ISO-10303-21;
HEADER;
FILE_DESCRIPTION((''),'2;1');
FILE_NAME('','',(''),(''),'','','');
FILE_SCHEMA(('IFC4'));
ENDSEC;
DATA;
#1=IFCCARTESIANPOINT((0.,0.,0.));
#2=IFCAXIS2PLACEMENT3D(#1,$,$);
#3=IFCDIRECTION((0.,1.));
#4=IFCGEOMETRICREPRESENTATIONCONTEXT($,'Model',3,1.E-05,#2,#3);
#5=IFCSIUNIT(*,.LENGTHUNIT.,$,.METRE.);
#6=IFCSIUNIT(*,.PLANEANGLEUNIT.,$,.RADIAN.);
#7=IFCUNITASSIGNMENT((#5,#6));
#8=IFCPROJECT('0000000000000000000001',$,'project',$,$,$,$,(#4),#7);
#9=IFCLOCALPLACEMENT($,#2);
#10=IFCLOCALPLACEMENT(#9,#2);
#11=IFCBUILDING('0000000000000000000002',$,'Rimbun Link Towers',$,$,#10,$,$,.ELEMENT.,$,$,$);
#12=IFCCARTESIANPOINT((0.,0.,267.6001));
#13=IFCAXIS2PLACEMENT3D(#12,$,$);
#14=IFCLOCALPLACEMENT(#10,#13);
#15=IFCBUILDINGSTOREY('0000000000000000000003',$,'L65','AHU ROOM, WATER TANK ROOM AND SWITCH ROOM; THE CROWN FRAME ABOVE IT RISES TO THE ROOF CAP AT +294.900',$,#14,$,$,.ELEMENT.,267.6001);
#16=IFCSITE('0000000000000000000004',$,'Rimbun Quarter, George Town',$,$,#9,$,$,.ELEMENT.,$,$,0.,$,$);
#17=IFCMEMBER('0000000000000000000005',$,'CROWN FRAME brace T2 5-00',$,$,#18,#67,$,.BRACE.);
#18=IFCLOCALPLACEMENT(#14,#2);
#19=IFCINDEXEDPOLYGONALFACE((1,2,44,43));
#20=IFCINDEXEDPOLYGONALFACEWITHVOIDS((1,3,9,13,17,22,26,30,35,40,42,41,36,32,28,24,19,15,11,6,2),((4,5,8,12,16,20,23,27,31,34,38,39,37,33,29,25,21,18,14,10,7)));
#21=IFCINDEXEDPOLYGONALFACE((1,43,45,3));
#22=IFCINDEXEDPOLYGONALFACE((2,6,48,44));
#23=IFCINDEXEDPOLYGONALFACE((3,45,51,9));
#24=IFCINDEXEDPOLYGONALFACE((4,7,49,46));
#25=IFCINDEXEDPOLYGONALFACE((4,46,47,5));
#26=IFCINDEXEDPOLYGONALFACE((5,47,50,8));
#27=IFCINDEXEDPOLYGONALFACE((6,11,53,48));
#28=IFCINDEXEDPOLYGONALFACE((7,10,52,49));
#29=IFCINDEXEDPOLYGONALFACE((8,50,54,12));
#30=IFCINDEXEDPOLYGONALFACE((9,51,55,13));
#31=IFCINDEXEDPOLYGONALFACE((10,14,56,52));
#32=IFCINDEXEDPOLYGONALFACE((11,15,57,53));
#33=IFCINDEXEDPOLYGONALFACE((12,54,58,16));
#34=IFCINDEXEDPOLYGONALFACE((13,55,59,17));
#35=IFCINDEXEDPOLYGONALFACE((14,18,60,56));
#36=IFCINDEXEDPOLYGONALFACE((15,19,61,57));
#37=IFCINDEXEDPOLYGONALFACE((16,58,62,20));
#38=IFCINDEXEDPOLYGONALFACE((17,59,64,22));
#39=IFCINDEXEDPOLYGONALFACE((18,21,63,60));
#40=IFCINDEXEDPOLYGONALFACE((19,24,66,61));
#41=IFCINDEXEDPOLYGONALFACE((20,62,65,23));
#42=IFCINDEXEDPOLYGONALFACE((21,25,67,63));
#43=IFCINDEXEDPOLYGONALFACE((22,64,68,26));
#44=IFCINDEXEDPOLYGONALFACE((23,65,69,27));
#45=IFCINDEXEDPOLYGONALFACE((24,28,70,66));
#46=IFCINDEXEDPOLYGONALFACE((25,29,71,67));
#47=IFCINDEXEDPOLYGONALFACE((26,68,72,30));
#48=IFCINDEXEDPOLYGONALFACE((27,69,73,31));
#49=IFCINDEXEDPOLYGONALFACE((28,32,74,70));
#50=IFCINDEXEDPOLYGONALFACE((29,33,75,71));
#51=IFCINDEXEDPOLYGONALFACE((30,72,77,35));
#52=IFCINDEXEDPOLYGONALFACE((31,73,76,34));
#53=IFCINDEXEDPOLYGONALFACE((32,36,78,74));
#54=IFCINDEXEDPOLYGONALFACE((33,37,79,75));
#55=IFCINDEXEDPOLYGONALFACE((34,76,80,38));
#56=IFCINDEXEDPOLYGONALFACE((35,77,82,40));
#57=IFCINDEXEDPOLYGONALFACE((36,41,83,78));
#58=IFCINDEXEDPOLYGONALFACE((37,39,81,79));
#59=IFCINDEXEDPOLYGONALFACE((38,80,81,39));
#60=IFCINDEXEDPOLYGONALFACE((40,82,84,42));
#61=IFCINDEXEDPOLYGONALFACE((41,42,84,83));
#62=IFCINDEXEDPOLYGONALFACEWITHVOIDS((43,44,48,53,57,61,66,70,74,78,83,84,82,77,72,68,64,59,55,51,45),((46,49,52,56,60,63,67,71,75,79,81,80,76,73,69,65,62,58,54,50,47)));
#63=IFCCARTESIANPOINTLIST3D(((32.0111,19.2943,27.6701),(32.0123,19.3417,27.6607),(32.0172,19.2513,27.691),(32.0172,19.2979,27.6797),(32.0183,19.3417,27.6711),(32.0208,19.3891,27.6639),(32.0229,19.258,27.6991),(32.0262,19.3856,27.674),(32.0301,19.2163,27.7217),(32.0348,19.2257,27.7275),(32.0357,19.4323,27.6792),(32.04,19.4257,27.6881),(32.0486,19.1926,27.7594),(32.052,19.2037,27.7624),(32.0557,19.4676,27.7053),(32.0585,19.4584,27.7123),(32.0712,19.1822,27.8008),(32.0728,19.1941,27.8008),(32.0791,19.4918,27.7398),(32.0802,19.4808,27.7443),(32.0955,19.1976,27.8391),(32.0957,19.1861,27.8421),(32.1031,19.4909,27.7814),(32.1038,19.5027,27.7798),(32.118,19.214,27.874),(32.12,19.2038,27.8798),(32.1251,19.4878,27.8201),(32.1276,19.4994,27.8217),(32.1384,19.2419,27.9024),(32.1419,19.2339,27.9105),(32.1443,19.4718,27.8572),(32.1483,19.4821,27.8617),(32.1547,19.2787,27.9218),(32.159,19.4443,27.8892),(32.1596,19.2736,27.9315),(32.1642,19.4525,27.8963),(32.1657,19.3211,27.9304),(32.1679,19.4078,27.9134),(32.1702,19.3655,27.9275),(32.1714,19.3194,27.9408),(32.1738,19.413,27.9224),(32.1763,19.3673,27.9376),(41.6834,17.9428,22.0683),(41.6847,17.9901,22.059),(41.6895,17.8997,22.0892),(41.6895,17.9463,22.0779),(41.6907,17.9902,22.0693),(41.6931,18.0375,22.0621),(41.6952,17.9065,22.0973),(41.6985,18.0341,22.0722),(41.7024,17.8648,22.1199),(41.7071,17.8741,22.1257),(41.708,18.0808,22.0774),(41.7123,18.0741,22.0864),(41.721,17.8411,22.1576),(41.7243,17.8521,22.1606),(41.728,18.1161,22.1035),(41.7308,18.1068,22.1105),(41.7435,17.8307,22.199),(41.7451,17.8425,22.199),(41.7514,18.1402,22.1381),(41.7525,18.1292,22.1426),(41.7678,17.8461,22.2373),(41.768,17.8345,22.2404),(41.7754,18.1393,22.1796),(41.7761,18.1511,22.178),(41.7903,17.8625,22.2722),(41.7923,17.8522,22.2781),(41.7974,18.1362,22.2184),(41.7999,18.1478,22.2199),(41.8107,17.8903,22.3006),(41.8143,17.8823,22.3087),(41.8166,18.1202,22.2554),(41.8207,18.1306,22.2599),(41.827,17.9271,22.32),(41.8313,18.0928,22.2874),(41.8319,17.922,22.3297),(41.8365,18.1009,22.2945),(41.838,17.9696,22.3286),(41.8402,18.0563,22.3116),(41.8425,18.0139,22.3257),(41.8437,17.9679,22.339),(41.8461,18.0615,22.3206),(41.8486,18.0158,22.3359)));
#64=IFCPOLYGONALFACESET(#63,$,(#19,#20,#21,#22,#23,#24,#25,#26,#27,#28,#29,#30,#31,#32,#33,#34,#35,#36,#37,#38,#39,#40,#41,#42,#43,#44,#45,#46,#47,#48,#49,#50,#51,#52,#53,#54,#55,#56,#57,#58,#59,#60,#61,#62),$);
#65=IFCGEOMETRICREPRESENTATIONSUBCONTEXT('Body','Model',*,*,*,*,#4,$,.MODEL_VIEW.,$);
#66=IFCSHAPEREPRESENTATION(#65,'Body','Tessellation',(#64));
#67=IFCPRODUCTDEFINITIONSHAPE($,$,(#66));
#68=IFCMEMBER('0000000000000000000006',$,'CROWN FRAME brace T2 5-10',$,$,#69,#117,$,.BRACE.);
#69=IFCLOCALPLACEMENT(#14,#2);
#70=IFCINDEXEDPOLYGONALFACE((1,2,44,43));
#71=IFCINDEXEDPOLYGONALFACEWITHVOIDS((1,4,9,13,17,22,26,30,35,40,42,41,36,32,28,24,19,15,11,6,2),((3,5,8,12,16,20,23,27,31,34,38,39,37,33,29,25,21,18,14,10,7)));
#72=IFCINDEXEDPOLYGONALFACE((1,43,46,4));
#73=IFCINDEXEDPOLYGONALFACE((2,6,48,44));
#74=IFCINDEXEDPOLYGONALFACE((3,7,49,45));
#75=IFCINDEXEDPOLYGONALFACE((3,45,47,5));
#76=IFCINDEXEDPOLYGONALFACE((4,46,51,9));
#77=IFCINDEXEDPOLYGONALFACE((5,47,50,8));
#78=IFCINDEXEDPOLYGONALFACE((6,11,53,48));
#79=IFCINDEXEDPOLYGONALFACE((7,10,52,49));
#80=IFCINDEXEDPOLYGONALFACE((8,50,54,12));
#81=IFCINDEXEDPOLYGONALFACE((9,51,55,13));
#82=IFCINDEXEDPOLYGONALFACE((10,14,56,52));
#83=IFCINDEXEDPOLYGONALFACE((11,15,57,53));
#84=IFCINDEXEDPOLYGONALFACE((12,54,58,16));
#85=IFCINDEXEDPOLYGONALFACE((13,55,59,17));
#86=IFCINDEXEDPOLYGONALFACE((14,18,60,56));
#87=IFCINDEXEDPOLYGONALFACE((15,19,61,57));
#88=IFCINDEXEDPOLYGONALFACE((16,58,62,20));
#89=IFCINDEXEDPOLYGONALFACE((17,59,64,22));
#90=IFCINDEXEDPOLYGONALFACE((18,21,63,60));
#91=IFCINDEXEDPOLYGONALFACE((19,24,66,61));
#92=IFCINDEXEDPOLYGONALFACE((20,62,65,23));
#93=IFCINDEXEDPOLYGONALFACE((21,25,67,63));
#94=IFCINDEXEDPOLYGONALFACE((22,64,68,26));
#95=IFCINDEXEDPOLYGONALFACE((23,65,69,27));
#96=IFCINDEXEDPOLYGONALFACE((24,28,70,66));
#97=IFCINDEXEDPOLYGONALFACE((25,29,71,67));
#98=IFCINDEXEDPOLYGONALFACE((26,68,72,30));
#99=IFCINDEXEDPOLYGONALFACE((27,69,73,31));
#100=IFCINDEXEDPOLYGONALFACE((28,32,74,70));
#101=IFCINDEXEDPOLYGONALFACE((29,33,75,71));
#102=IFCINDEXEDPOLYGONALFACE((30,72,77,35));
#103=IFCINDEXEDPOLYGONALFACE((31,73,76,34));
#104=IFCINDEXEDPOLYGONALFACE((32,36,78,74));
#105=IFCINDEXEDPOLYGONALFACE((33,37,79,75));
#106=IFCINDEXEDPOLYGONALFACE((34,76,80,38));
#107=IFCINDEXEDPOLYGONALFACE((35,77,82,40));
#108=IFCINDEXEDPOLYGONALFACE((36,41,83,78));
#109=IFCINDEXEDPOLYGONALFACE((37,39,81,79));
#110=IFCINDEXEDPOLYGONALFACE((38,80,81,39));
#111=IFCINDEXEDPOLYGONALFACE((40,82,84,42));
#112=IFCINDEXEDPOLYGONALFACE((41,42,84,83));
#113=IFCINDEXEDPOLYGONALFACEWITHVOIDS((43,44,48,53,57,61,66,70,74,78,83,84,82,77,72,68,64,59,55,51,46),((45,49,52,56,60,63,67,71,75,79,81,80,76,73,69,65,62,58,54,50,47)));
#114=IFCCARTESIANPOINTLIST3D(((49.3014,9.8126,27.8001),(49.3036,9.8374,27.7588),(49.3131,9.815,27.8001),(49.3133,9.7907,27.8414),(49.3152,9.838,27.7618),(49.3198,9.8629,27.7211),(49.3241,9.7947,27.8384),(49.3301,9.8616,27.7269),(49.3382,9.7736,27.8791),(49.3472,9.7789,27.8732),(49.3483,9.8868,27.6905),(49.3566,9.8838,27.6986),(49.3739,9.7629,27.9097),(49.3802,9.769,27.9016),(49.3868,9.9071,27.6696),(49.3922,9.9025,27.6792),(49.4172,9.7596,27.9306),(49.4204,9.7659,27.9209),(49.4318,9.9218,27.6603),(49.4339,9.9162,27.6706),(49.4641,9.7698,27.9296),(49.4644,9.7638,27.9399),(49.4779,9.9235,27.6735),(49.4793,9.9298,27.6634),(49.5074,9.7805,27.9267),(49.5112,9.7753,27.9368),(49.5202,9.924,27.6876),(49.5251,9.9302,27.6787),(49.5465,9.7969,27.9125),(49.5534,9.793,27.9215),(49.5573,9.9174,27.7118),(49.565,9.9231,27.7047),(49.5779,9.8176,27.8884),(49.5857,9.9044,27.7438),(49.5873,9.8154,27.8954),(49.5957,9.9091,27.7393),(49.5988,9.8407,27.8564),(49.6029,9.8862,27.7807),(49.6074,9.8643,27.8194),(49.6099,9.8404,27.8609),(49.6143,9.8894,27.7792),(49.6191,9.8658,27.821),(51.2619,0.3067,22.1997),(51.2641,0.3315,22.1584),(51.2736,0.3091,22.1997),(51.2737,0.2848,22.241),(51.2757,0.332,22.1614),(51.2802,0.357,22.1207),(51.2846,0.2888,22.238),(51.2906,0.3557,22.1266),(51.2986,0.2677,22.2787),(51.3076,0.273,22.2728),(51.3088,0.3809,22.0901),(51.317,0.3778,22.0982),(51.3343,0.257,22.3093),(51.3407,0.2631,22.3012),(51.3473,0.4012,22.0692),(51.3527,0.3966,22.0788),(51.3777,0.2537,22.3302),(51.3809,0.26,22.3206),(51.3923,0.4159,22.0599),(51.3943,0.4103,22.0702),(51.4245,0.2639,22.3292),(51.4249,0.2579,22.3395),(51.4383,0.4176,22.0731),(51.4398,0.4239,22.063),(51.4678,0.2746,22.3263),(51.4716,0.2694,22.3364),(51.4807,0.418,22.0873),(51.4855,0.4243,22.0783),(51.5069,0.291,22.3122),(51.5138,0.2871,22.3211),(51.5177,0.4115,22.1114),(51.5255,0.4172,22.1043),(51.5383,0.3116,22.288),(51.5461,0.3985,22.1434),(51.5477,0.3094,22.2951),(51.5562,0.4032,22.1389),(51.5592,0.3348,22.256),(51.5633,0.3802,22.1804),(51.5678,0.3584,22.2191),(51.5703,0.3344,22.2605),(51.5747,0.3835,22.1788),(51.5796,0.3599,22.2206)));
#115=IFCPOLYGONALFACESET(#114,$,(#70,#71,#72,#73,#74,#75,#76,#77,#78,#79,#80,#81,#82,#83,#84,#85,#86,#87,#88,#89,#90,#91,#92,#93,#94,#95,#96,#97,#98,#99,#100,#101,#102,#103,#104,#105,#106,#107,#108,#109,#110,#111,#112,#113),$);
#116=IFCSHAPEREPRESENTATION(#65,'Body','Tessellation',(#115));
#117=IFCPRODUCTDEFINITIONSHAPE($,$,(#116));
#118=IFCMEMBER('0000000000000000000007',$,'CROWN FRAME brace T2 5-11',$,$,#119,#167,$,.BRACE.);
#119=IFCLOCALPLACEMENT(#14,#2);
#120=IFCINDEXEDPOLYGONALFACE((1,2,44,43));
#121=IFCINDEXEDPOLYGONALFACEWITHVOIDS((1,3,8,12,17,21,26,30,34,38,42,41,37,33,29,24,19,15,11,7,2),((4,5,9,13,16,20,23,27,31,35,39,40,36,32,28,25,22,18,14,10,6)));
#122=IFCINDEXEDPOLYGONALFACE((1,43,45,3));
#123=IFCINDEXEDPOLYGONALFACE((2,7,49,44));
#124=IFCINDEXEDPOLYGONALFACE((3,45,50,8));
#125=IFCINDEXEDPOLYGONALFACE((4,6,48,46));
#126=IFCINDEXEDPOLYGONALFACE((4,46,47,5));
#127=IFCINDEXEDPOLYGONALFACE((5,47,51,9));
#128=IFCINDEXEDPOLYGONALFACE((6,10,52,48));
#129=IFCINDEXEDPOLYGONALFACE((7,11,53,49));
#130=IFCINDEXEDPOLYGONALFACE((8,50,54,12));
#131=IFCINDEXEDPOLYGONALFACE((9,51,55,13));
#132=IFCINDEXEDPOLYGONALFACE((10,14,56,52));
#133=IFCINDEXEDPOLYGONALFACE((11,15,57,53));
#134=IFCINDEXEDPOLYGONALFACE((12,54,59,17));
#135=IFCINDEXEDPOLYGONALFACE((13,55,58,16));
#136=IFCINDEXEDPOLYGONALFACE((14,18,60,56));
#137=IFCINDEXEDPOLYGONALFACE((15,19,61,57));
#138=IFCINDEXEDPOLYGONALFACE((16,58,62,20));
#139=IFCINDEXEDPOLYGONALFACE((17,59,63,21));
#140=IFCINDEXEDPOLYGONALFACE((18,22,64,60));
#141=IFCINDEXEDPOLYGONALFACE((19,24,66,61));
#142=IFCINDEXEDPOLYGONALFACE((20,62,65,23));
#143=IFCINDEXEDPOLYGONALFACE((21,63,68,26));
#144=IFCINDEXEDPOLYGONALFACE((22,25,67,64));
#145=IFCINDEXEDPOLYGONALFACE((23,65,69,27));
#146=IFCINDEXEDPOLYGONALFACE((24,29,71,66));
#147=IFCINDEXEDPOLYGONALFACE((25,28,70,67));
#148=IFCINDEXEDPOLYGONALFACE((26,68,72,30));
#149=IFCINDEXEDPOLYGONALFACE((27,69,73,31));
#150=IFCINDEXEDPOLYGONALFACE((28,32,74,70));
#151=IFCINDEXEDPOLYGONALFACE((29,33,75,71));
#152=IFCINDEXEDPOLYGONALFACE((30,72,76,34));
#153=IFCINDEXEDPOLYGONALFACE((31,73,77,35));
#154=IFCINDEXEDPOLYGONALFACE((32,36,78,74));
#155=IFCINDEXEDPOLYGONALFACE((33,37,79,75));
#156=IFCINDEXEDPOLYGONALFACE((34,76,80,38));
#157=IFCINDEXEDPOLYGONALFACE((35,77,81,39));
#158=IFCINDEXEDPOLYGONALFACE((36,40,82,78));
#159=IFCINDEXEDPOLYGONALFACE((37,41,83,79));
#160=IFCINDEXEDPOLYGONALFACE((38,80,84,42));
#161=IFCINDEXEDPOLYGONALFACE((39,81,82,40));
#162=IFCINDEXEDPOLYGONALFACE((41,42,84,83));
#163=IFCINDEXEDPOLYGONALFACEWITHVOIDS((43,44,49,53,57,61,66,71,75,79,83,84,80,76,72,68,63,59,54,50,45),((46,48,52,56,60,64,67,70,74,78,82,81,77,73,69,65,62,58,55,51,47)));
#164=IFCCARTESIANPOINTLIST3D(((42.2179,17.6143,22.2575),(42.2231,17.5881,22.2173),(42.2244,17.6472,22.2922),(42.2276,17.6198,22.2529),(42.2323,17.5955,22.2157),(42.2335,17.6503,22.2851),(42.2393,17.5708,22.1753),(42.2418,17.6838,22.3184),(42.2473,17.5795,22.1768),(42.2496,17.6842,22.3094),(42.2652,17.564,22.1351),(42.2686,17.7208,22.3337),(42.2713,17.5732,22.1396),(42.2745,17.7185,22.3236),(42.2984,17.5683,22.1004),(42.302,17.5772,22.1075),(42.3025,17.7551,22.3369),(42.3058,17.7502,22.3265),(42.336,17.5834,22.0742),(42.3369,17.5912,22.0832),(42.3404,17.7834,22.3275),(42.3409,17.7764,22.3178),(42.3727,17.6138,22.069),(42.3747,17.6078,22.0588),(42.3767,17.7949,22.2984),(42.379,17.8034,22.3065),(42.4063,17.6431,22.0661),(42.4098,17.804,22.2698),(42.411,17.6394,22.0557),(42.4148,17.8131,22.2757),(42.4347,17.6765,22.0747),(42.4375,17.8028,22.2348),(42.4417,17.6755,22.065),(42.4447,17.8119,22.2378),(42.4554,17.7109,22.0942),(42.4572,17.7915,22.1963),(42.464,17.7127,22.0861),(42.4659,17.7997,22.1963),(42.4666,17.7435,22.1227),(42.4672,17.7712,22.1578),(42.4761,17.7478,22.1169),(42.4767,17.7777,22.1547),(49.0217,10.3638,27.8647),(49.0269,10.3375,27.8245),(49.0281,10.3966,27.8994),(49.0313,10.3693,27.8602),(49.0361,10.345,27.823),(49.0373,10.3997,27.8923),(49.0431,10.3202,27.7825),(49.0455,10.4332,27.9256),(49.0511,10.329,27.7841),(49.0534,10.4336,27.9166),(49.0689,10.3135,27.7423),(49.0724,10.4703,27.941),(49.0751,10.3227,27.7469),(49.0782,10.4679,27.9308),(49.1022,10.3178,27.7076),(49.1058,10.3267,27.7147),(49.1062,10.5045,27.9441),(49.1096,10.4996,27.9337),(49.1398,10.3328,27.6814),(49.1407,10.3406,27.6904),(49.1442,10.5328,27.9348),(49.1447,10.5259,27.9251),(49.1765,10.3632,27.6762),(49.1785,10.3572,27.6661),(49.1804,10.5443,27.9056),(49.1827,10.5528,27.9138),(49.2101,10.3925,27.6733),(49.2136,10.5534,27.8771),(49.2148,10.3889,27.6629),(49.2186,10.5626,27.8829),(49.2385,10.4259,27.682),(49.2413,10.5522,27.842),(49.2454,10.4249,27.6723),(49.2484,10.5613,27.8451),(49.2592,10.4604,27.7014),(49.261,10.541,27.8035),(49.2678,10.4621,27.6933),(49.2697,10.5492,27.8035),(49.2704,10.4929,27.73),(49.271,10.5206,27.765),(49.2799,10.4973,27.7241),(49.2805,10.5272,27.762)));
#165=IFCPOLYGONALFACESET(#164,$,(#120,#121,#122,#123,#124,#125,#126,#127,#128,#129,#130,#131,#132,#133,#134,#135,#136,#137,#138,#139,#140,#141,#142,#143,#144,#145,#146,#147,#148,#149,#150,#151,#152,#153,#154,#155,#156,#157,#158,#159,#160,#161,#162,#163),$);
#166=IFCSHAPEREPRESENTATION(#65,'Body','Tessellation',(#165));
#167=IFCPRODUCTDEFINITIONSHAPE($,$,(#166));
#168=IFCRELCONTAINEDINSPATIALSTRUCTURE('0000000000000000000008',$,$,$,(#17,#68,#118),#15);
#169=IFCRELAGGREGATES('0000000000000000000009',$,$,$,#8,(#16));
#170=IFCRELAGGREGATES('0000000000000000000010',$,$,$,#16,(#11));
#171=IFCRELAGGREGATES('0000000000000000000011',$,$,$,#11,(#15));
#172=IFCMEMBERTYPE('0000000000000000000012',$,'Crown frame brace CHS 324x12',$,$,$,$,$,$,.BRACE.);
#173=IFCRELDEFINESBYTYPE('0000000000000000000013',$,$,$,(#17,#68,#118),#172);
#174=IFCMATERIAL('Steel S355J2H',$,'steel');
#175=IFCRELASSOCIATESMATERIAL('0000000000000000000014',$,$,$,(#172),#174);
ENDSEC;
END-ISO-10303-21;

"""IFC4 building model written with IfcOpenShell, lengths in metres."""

from ifc_helpers import new_model, si_unit, direction, frame, origin, origin_2d, place, context, subcontext, project, spatial, hollow_circle, extrude, material, material_profile, profile_set, type_object, element, save


model = new_model("IFC4")

# Units and contexts
model_context = context("Model", 3, precision=1e-05, world=origin(), true_north=direction((0.0, 1.0)))
body_context = subcontext(model_context, "Body", "Model", "MODEL_VIEW")
ifc_project = project(units=[si_unit("LENGTHUNIT", "METRE"), si_unit("PLANEANGLEUNIT", "RADIAN")], contexts=[model_context])

# Site, building, storey
site_placement = place(None, origin())
site = spatial("IfcSite", under=ifc_project, at=site_placement, Name="Rimbun Quarter, George Town", CompositionType="ELEMENT", RefElevation=0.0)
building_placement = place(site_placement, origin())
building = spatial("IfcBuilding", under=site, at=building_placement, Name="Rimbun Link Towers", CompositionType="ELEMENT")
storey_placement = place(building_placement, frame((0.0, 0.0, 267.6001)))
storey = spatial("IfcBuildingStorey", under=building, at=storey_placement, Name="L65", Description="AHU ROOM, WATER TANK ROOM AND SWITCH ROOM; THE CROWN FRAME ABOVE IT RISES TO THE ROOF CAP AT +294.900", CompositionType="ELEMENT", Elevation=267.6001)

# Members
ifc_material_1 = material(Name="Steel S355J2H", Category="steel")
ifc_material_profile_1 = material_profile(ifc_material_1, hollow_circle(Radius=0.1619, WallThickness=0.012, at=origin_2d()), Name="Crown frame brace CHS 324x12")
ifc_profile_set_1 = profile_set([ifc_material_profile_1], Name="Steel S355J2H")
member_type_1 = type_object("IfcMemberType", Name="Crown frame brace CHS 324x12", PredefinedType="BRACE", material=ifc_profile_set_1)
member_1_placement = place(storey_placement, frame((41.7659, 17.991, 22.199), z_axis=(-0.85909, 0.120045, 0.497547), x_axis=(-0.13839, -0.990378, 0.0)))
element("IfcMember", 1, at=member_1_placement, inside=storey, type_object=member_type_1, Name="CROWN FRAME brace T2 5-00", PredefinedType="BRACE", context=body_context, shape_type="SweptSolid", body=[
    extrude(hollow_circle(Radius=0.1619, WallThickness=0.012, at=origin_2d()), origin(), (0.0, 0.0, 1.0), 11.2588),
])
member_2_placement = place(storey_placement, frame((51.4204, 0.3394, 22.1997), z_axis=(-0.17495, 0.848303, 0.499774), x_axis=(-0.979389, -0.201985, 0.0)))
element("IfcMember", 2, at=member_2_placement, inside=storey, type_object=member_type_1, Name="CROWN FRAME brace T2 5-10", PredefinedType="BRACE", context=body_context, shape_type="SweptSolid", body=[
    extrude(hollow_circle(Radius=0.1619, WallThickness=0.012, at=origin_2d()), origin(), (0.0, 0.0, 1.0), 11.2058),
])
member_3_placement = place(storey_placement, frame((42.3479, 17.689, 22.1963), z_axis=(0.596036, -0.635176, 0.491215), x_axis=(0.729217, 0.684282, 0.0)))
element("IfcMember", 3, at=member_3_placement, inside=storey, type_object=member_type_1, Name="CROWN FRAME brace T2 5-11", PredefinedType="BRACE", context=body_context, shape_type="SweptSolid", body=[
    extrude(hollow_circle(Radius=0.1619, WallThickness=0.012, at=origin_2d()), origin(), (0.0, 0.0, 1.0), 11.415),
])

save(model, "model.ifc")
